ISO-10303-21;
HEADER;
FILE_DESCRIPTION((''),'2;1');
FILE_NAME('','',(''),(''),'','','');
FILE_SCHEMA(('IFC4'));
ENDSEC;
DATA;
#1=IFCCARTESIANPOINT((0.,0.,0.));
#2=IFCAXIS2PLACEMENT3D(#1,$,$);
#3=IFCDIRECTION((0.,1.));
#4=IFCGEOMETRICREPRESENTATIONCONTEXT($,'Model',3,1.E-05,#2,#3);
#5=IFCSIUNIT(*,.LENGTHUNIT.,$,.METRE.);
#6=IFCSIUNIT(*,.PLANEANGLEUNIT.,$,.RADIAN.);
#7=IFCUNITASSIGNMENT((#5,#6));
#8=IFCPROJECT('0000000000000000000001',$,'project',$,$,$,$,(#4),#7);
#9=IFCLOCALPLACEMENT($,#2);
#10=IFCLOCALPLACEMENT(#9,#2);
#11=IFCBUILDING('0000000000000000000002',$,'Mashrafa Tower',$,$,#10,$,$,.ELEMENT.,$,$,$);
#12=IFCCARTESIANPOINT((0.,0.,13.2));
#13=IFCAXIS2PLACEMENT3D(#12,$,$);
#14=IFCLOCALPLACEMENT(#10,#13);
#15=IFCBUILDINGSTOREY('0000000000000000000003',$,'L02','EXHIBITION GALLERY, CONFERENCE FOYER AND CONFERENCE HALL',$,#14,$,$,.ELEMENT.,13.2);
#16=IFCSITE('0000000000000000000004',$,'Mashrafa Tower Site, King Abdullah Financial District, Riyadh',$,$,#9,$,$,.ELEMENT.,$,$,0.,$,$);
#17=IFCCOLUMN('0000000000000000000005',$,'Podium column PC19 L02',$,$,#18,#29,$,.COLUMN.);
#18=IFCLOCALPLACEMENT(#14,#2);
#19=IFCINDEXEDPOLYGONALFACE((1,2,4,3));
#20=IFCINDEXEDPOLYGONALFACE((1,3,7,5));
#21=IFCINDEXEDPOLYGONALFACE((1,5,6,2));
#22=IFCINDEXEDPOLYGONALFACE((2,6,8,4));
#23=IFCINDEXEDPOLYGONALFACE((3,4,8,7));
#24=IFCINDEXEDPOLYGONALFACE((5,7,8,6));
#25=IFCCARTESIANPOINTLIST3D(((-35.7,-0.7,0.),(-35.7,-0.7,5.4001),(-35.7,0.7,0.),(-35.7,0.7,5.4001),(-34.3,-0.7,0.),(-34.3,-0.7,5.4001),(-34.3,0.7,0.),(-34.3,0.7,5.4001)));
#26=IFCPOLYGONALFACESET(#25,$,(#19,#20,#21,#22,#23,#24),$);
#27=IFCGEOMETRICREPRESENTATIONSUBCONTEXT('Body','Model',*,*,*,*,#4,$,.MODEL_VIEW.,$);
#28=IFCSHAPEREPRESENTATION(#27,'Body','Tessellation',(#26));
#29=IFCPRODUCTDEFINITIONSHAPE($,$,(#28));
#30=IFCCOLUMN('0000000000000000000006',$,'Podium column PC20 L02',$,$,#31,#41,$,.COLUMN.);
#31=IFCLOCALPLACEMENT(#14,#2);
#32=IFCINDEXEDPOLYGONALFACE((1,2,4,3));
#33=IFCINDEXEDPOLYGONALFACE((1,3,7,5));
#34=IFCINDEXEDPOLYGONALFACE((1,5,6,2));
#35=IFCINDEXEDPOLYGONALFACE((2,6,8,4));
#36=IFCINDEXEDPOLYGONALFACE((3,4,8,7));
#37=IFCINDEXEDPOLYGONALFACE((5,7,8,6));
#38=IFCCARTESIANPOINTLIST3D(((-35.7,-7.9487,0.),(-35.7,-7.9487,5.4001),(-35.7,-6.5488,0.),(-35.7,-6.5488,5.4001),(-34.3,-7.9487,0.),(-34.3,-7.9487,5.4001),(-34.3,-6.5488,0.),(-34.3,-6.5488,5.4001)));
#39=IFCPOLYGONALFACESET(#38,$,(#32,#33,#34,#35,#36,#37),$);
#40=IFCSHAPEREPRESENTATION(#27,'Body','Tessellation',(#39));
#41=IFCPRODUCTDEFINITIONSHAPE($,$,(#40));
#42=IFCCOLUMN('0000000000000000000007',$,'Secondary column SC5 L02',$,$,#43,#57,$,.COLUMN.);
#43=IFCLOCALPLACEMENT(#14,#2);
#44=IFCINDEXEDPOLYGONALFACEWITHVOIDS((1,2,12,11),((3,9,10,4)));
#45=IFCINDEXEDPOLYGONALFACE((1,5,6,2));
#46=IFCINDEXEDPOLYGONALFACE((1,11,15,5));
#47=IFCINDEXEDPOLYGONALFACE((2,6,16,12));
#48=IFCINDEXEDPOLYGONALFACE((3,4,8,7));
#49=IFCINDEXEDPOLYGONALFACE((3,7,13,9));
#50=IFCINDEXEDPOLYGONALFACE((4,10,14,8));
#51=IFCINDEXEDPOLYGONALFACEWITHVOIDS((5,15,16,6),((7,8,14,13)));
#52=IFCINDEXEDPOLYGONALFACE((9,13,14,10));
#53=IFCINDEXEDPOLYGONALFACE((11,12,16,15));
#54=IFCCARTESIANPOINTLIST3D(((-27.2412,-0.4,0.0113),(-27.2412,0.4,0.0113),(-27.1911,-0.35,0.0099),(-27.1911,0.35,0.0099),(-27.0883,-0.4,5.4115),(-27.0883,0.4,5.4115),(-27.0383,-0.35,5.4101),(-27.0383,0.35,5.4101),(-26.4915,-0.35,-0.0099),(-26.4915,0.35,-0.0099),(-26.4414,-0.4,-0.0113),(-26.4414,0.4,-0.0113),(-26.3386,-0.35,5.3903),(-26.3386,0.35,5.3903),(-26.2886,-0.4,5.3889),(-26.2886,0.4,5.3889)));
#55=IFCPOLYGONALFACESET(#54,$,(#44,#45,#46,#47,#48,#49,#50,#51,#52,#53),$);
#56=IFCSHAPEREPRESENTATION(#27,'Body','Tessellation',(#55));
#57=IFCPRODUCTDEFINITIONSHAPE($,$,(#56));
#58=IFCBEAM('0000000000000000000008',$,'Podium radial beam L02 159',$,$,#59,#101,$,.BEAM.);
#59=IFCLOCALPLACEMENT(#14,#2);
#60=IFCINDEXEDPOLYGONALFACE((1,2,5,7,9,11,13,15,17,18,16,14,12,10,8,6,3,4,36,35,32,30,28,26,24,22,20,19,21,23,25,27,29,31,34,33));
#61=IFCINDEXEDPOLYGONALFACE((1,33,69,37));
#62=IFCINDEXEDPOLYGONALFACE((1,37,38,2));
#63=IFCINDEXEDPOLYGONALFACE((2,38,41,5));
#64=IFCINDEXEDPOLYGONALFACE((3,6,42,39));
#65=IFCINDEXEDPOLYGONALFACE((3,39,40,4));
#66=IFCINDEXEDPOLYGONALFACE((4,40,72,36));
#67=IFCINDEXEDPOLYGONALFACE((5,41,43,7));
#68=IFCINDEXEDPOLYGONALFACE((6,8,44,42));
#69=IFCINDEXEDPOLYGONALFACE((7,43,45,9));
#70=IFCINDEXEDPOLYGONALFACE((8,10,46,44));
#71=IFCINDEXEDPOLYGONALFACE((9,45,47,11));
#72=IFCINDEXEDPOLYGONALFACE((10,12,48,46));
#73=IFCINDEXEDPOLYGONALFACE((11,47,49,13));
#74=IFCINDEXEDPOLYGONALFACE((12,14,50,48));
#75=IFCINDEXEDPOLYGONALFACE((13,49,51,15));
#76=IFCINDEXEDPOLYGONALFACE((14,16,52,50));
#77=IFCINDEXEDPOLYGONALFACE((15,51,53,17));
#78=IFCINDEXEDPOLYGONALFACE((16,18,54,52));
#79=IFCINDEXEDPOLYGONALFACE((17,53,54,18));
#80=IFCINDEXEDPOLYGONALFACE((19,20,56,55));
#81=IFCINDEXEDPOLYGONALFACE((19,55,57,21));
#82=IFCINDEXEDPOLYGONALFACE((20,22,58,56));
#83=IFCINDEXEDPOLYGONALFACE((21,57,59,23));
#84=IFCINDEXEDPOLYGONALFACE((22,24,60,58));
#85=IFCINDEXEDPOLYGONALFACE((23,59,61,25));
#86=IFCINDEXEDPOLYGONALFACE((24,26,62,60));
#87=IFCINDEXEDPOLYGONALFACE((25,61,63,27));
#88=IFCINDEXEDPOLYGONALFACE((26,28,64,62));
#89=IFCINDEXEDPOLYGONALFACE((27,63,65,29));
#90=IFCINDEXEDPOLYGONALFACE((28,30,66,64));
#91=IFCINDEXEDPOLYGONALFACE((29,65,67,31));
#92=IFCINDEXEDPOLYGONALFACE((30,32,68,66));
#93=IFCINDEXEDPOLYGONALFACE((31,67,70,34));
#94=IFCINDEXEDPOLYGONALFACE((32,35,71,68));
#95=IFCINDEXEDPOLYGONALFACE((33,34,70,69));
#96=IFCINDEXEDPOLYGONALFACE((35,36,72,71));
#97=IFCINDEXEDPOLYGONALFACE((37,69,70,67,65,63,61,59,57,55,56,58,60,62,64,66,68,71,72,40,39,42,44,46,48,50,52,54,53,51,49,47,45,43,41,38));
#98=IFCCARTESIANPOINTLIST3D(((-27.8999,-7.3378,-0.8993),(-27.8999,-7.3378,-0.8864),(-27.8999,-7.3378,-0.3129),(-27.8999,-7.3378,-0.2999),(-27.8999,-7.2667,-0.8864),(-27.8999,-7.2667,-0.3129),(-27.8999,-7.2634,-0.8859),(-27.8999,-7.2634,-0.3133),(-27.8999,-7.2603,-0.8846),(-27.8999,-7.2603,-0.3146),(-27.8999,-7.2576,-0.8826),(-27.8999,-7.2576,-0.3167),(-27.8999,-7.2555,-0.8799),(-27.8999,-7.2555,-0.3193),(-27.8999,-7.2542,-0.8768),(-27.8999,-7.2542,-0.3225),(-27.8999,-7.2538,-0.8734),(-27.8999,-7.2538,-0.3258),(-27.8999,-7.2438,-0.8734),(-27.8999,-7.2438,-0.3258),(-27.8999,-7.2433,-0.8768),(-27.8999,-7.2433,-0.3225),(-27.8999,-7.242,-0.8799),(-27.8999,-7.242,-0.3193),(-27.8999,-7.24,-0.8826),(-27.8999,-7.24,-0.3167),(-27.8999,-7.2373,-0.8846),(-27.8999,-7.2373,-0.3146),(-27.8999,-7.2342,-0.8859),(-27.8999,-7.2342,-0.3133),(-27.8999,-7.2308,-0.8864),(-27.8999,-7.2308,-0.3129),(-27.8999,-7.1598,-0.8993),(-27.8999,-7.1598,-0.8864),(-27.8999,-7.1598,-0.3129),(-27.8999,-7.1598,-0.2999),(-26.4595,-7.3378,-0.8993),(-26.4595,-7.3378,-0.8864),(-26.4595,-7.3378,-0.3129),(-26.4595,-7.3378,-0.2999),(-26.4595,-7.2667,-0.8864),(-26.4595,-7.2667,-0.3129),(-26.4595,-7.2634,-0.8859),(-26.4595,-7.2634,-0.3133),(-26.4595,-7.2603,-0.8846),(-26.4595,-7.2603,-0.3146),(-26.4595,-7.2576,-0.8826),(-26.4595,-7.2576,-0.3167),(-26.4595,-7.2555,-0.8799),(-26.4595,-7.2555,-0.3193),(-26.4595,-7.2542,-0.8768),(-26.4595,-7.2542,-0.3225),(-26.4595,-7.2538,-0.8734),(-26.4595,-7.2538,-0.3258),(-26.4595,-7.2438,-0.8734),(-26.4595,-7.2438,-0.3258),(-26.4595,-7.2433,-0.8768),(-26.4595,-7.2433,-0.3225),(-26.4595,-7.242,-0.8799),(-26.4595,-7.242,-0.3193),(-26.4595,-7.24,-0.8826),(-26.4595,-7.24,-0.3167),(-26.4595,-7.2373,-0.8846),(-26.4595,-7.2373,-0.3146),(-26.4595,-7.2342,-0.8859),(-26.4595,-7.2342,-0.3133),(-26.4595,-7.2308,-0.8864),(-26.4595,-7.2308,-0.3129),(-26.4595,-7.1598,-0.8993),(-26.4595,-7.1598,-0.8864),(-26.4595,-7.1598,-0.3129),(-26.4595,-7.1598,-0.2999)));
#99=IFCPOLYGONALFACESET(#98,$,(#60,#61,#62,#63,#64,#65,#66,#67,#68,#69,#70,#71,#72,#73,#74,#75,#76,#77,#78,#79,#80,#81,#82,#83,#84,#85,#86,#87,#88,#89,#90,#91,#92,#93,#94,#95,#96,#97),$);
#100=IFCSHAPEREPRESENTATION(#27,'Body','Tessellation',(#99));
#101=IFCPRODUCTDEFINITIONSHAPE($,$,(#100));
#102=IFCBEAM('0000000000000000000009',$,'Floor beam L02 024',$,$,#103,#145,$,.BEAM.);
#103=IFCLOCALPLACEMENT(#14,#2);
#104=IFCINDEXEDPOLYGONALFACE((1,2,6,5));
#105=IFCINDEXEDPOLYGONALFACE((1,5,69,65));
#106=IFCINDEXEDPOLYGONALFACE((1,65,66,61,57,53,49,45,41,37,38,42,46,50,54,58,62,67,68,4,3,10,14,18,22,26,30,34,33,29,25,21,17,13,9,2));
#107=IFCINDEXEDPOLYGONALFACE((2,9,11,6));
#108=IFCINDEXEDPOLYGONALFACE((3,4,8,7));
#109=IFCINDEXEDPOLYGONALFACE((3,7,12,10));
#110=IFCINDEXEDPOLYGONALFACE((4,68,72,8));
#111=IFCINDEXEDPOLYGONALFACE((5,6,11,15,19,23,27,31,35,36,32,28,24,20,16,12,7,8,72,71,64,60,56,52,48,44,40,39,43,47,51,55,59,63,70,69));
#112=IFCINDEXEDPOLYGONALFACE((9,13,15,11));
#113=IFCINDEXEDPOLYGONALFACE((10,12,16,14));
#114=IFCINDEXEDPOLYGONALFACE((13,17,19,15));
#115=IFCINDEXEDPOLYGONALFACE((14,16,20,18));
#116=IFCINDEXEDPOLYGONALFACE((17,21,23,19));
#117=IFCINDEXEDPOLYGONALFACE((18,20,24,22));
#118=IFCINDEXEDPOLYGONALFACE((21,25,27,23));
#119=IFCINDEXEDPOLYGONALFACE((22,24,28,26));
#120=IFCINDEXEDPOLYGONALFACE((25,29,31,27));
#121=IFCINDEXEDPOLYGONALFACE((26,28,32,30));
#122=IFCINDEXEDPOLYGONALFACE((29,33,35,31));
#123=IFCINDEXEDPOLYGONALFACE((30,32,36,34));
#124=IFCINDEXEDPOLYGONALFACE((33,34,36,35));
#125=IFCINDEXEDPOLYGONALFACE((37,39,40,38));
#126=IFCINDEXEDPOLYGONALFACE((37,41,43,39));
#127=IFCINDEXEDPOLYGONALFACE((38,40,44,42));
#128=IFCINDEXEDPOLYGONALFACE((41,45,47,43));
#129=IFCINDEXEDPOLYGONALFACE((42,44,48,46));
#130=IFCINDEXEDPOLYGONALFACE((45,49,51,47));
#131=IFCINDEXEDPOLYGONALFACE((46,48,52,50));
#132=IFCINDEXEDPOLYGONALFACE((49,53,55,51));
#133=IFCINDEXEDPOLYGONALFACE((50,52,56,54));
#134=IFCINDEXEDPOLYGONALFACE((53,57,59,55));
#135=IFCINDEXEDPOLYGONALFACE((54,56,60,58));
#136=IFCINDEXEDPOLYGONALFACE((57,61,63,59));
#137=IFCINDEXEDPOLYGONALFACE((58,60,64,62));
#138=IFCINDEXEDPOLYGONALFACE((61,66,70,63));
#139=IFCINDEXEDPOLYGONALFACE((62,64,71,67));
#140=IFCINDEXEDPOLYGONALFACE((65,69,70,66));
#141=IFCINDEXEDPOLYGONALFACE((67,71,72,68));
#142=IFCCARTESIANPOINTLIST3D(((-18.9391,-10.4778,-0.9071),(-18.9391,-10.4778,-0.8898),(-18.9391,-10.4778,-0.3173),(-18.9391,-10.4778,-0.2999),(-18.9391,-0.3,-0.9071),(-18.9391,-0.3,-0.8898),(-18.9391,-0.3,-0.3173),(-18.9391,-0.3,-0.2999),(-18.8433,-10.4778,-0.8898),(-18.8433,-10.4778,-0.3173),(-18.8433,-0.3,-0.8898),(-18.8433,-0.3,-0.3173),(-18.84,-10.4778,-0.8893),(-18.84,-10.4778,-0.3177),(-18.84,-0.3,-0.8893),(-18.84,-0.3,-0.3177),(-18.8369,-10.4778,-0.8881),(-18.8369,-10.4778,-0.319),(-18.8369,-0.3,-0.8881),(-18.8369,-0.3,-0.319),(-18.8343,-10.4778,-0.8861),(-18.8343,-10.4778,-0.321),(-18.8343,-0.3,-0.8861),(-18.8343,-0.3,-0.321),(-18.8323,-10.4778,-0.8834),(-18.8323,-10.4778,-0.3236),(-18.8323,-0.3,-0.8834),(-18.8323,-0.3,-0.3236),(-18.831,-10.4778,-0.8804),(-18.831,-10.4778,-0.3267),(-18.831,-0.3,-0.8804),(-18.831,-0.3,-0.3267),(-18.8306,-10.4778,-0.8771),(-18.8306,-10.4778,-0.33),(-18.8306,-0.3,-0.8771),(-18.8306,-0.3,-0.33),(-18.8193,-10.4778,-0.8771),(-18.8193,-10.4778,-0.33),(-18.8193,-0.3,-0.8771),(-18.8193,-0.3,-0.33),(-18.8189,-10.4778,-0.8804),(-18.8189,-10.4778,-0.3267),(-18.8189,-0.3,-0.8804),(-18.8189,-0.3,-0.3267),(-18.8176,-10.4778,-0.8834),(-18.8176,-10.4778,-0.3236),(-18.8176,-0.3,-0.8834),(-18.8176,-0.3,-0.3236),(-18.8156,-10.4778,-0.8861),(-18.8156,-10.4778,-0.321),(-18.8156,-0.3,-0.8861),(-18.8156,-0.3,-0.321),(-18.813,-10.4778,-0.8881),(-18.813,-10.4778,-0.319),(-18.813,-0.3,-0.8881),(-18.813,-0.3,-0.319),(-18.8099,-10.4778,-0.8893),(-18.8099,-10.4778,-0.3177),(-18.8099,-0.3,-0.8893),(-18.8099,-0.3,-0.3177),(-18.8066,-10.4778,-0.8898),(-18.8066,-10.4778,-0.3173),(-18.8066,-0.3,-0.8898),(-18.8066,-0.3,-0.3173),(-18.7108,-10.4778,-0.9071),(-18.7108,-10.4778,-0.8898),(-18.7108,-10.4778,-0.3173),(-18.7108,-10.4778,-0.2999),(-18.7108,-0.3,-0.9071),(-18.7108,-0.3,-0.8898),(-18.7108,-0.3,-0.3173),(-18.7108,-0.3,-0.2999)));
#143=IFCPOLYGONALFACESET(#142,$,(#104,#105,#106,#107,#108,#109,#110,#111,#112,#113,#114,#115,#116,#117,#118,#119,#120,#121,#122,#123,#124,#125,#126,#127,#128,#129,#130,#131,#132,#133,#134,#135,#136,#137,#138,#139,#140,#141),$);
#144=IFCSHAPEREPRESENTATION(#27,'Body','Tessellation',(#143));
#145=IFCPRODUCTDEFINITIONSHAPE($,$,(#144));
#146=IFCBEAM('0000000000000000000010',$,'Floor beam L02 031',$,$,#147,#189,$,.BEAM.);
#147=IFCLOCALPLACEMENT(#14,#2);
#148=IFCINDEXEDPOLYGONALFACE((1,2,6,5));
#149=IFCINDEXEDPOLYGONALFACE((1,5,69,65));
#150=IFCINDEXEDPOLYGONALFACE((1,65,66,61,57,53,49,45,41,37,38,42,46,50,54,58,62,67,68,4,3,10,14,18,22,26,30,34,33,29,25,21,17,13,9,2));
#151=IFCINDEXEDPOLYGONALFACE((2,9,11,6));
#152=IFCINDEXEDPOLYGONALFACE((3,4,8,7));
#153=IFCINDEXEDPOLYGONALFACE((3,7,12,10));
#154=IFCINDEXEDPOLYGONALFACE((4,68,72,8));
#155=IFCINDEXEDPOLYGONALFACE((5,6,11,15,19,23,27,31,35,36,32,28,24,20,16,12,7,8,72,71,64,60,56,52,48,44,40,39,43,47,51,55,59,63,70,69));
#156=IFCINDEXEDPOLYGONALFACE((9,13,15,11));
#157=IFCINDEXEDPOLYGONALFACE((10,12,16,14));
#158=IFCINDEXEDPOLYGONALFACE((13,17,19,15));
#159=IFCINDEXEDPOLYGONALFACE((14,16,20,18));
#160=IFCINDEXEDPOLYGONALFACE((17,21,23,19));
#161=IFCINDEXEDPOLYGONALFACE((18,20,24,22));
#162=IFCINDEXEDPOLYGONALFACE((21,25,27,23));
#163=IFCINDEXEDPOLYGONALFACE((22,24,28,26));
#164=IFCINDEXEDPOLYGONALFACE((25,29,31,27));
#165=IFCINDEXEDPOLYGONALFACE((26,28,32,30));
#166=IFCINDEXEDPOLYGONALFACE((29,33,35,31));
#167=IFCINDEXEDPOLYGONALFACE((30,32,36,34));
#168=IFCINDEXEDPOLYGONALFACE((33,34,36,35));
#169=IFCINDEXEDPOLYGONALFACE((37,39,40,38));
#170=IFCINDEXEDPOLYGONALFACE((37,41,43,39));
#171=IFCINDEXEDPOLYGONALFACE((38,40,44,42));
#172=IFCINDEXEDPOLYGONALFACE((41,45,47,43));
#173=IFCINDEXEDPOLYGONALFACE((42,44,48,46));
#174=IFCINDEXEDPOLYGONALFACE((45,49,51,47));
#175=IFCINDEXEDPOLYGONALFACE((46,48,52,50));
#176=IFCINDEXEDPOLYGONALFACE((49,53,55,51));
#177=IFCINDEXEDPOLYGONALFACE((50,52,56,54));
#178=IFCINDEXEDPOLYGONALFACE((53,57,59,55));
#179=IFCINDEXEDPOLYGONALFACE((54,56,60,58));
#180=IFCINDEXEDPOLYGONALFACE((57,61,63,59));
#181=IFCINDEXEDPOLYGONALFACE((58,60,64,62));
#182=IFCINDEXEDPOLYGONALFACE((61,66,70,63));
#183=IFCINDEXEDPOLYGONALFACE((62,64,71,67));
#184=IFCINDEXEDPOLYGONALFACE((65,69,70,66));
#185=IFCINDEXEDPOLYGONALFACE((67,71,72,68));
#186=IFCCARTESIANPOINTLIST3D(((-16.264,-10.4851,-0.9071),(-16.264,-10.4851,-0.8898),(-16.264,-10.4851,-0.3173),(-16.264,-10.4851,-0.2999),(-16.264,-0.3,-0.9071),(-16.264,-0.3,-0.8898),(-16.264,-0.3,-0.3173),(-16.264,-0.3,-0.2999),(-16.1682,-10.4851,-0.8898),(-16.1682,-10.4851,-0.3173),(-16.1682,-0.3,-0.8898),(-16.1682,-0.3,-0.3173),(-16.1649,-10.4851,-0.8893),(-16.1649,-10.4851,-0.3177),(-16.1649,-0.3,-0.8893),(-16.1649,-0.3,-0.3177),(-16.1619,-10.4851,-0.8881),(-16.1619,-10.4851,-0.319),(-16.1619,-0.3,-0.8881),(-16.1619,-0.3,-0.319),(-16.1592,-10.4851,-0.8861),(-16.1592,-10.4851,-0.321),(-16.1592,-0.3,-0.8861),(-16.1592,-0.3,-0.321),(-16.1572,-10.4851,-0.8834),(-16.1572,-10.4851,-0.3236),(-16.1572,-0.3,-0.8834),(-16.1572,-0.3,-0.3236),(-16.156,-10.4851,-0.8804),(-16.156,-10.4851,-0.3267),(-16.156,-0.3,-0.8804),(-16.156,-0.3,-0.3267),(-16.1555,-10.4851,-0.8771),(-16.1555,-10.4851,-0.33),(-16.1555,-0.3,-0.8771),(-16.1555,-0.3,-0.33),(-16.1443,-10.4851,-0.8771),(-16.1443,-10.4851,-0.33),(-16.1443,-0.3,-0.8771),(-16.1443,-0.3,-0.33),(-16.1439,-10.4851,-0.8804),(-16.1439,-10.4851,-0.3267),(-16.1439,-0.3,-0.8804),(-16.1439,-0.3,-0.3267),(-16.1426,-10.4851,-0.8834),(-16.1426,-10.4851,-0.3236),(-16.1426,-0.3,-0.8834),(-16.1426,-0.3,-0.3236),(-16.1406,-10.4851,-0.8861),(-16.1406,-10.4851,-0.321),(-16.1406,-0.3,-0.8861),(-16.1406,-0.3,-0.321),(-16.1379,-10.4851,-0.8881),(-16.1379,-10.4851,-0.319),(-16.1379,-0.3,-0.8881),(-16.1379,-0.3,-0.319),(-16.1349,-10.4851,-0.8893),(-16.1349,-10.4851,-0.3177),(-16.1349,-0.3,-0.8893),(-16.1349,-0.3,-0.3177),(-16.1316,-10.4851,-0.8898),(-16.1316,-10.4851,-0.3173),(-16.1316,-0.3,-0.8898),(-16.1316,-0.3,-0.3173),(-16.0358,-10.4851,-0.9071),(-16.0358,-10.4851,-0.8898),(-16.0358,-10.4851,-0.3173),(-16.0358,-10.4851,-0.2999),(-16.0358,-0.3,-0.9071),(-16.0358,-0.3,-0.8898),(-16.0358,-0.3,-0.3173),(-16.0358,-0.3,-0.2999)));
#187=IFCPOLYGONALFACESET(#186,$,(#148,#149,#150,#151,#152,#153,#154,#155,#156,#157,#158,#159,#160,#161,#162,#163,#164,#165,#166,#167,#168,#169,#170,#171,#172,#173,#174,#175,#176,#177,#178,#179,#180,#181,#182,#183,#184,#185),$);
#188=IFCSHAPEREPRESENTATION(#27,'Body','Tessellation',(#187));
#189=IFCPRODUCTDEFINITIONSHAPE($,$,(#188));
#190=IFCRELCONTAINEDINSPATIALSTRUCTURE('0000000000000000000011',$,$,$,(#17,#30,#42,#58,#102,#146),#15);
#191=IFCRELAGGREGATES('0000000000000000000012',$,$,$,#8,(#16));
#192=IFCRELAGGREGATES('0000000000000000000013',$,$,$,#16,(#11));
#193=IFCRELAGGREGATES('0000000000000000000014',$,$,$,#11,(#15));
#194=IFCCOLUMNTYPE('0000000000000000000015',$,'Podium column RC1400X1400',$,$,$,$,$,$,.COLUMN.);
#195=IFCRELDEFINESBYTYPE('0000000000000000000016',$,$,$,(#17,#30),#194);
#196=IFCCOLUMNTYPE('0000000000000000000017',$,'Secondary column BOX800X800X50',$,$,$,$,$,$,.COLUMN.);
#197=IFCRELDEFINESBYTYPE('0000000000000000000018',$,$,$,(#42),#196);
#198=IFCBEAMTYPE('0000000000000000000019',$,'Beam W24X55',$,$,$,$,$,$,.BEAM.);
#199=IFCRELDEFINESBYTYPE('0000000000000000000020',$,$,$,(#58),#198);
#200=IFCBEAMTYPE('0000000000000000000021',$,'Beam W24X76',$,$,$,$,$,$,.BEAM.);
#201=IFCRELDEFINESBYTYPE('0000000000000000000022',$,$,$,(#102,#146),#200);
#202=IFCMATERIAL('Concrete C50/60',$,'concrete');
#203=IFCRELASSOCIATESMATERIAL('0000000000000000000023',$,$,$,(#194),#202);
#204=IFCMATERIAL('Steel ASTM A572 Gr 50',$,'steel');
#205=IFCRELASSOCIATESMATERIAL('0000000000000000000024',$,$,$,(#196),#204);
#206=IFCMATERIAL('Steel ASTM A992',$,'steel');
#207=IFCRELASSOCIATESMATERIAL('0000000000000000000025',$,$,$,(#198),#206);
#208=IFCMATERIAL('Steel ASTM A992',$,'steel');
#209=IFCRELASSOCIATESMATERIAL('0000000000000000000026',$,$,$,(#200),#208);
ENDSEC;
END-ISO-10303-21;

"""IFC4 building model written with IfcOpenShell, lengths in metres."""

from ifc_helpers import new_model, si_unit, direction, frame, origin, origin_2d, place, context, subcontext, project, spatial, rectangle, hollow_rectangle, i_section, extrude, material, material_profile, profile_set, type_object, element, save


model = new_model("IFC4")

# Units and contexts
model_context = context("Model", 3, precision=1e-05, world=origin(), true_north=direction((0.0, 1.0)))
body_context = subcontext(model_context, "Body", "Model", "MODEL_VIEW")
ifc_project = project(units=[si_unit("LENGTHUNIT", "METRE"), si_unit("PLANEANGLEUNIT", "RADIAN")], contexts=[model_context])

# Site, building, storey
site_placement = place(None, origin())
site = spatial("IfcSite", under=ifc_project, at=site_placement, Name="Mashrafa Tower Site, King Abdullah Financial District, Riyadh", CompositionType="ELEMENT", RefElevation=0.0)
building_placement = place(site_placement, origin())
building = spatial("IfcBuilding", under=site, at=building_placement, Name="Mashrafa Tower", CompositionType="ELEMENT")
storey_placement = place(building_placement, frame((0.0, 0.0, 13.2)))
storey = spatial("IfcBuildingStorey", under=building, at=storey_placement, Name="L02", Description="EXHIBITION GALLERY, CONFERENCE FOYER AND CONFERENCE HALL", CompositionType="ELEMENT", Elevation=13.2)

# Columns
ifc_material_1 = material(Name="Concrete C50/60", Category="concrete")
ifc_material_profile_1 = material_profile(ifc_material_1, rectangle(XDim=1.3999, YDim=1.3999, at=origin_2d()), Name="RC1400X1400")
ifc_profile_set_1 = profile_set([ifc_material_profile_1], Name="Concrete C50/60")
column_type_1 = type_object("IfcColumnType", Name="Podium column RC1400X1400", PredefinedType="COLUMN", material=ifc_profile_set_1)
for number, where, z_axis, x_axis, name in (
    (1, (-35.0, 0.0, 0.0), (0.0, 0.0, 1.0), (1.0, 0.0, 0.0), "Podium column PC19 L02"),
    (2, (-35.0, -7.2488, 0.0), (0.0, 0.0, 1.0), (1.0, 0.0, 0.0), "Podium column PC20 L02"),
):
    element("IfcColumn", number, at=place(storey_placement, frame(where, z_axis=z_axis, x_axis=x_axis)), inside=storey, type_object=column_type_1, Name=name, PredefinedType="COLUMN", context=body_context, shape_type="SweptSolid", body=[
        extrude(rectangle(XDim=1.3999, YDim=1.3999, at=origin_2d()), origin(), (0.0, 0.0, 1.0), 5.4001),
    ])
ifc_material_2 = material(Name="Steel ASTM A572 Gr 50", Category="steel")
ifc_material_profile_2 = material_profile(ifc_material_2, hollow_rectangle(XDim=0.8, YDim=0.8, WallThickness=0.05, at=origin_2d()), Name="BOX800X800X50")
ifc_profile_set_2 = profile_set([ifc_material_profile_2], Name="Steel ASTM A572 Gr 50")
column_type_2 = type_object("IfcColumnType", Name="Secondary column BOX800X800X50", PredefinedType="COLUMN", material=ifc_profile_set_2)
column_placement = place(storey_placement, frame((-26.8413, 0.0, 0.0), z_axis=(0.02829, 0.0, 0.9996), x_axis=(0.0, 1.0, 0.0)))
element("IfcColumn", 3, at=column_placement, inside=storey, type_object=column_type_2, Name="Secondary column SC5 L02", PredefinedType="COLUMN", context=body_context, shape_type="SweptSolid", body=[
    extrude(hollow_rectangle(XDim=0.8, YDim=0.8, WallThickness=0.05, at=origin_2d()), origin(), (0.0, 0.0, 1.0), 5.4023),
])

# Beams
ifc_material_3 = material(Name="Steel ASTM A992", Category="steel")
ifc_material_profile_3 = material_profile(ifc_material_3, i_section(OverallWidth=0.178, OverallDepth=0.5994, WebThickness=0.01, FlangeThickness=0.0129, FilletRadius=0.0129, at=origin_2d()), Name="W24X55")
ifc_profile_set_3 = profile_set([ifc_material_profile_3], Name="Steel ASTM A992")
beam_type_1 = type_object("IfcBeamType", Name="Beam W24X55", PredefinedType="BEAM", material=ifc_profile_set_3)
beam_1_placement = place(storey_placement, frame((-26.4595, -7.2488, -0.5996), z_axis=(-1.0, 0.0, 0.0), x_axis=(0.0, -1.0, 0.0)))
element("IfcBeam", 4, at=beam_1_placement, inside=storey, type_object=beam_type_1, Name="Podium radial beam L02 159", PredefinedType="BEAM", context=body_context, shape_type="SweptSolid", body=[
    extrude(i_section(OverallWidth=0.178, OverallDepth=0.5994, WebThickness=0.01, FlangeThickness=0.0129, FilletRadius=0.0129, at=origin_2d()), origin(), (0.0, 0.0, 1.0), 1.4404),
])
ifc_material_4 = material(Name="Steel ASTM A992", Category="steel")
ifc_material_profile_4 = material_profile(ifc_material_4, i_section(OverallWidth=0.2283, OverallDepth=0.6072, WebThickness=0.0112, FlangeThickness=0.0173, FilletRadius=0.0127, at=origin_2d()), Name="W24X76")
ifc_profile_set_4 = profile_set([ifc_material_profile_4], Name="Steel ASTM A992")
beam_type_2 = type_object("IfcBeamType", Name="Beam W24X76", PredefinedType="BEAM", material=ifc_profile_set_4)
beam_2_placement = place(storey_placement, frame((-18.825, -10.4778, -0.6035), z_axis=(0.0, 1.0, 0.0), x_axis=(-1.0, 0.0, 0.0)))
element("IfcBeam", 5, at=beam_2_placement, inside=storey, type_object=beam_type_2, Name="Floor beam L02 024", PredefinedType="BEAM", context=body_context, shape_type="SweptSolid", body=[
    extrude(i_section(OverallWidth=0.2283, OverallDepth=0.6072, WebThickness=0.0112, FlangeThickness=0.0173, FilletRadius=0.0127, at=origin_2d()), origin(), (0.0, 0.0, 1.0), 10.1777),
])
beam_3_placement = place(storey_placement, frame((-16.1499, -10.4851, -0.6035), z_axis=(0.0, 1.0, 0.0), x_axis=(-1.0, 0.0, 0.0)))
element("IfcBeam", 6, at=beam_3_placement, inside=storey, type_object=beam_type_2, Name="Floor beam L02 031", PredefinedType="BEAM", context=body_context, shape_type="SweptSolid", body=[
    extrude(i_section(OverallWidth=0.2283, OverallDepth=0.6072, WebThickness=0.0112, FlangeThickness=0.0173, FilletRadius=0.0127, at=origin_2d()), origin(), (0.0, 0.0, 1.0), 10.1851),
])

save(model, "model.ifc")
